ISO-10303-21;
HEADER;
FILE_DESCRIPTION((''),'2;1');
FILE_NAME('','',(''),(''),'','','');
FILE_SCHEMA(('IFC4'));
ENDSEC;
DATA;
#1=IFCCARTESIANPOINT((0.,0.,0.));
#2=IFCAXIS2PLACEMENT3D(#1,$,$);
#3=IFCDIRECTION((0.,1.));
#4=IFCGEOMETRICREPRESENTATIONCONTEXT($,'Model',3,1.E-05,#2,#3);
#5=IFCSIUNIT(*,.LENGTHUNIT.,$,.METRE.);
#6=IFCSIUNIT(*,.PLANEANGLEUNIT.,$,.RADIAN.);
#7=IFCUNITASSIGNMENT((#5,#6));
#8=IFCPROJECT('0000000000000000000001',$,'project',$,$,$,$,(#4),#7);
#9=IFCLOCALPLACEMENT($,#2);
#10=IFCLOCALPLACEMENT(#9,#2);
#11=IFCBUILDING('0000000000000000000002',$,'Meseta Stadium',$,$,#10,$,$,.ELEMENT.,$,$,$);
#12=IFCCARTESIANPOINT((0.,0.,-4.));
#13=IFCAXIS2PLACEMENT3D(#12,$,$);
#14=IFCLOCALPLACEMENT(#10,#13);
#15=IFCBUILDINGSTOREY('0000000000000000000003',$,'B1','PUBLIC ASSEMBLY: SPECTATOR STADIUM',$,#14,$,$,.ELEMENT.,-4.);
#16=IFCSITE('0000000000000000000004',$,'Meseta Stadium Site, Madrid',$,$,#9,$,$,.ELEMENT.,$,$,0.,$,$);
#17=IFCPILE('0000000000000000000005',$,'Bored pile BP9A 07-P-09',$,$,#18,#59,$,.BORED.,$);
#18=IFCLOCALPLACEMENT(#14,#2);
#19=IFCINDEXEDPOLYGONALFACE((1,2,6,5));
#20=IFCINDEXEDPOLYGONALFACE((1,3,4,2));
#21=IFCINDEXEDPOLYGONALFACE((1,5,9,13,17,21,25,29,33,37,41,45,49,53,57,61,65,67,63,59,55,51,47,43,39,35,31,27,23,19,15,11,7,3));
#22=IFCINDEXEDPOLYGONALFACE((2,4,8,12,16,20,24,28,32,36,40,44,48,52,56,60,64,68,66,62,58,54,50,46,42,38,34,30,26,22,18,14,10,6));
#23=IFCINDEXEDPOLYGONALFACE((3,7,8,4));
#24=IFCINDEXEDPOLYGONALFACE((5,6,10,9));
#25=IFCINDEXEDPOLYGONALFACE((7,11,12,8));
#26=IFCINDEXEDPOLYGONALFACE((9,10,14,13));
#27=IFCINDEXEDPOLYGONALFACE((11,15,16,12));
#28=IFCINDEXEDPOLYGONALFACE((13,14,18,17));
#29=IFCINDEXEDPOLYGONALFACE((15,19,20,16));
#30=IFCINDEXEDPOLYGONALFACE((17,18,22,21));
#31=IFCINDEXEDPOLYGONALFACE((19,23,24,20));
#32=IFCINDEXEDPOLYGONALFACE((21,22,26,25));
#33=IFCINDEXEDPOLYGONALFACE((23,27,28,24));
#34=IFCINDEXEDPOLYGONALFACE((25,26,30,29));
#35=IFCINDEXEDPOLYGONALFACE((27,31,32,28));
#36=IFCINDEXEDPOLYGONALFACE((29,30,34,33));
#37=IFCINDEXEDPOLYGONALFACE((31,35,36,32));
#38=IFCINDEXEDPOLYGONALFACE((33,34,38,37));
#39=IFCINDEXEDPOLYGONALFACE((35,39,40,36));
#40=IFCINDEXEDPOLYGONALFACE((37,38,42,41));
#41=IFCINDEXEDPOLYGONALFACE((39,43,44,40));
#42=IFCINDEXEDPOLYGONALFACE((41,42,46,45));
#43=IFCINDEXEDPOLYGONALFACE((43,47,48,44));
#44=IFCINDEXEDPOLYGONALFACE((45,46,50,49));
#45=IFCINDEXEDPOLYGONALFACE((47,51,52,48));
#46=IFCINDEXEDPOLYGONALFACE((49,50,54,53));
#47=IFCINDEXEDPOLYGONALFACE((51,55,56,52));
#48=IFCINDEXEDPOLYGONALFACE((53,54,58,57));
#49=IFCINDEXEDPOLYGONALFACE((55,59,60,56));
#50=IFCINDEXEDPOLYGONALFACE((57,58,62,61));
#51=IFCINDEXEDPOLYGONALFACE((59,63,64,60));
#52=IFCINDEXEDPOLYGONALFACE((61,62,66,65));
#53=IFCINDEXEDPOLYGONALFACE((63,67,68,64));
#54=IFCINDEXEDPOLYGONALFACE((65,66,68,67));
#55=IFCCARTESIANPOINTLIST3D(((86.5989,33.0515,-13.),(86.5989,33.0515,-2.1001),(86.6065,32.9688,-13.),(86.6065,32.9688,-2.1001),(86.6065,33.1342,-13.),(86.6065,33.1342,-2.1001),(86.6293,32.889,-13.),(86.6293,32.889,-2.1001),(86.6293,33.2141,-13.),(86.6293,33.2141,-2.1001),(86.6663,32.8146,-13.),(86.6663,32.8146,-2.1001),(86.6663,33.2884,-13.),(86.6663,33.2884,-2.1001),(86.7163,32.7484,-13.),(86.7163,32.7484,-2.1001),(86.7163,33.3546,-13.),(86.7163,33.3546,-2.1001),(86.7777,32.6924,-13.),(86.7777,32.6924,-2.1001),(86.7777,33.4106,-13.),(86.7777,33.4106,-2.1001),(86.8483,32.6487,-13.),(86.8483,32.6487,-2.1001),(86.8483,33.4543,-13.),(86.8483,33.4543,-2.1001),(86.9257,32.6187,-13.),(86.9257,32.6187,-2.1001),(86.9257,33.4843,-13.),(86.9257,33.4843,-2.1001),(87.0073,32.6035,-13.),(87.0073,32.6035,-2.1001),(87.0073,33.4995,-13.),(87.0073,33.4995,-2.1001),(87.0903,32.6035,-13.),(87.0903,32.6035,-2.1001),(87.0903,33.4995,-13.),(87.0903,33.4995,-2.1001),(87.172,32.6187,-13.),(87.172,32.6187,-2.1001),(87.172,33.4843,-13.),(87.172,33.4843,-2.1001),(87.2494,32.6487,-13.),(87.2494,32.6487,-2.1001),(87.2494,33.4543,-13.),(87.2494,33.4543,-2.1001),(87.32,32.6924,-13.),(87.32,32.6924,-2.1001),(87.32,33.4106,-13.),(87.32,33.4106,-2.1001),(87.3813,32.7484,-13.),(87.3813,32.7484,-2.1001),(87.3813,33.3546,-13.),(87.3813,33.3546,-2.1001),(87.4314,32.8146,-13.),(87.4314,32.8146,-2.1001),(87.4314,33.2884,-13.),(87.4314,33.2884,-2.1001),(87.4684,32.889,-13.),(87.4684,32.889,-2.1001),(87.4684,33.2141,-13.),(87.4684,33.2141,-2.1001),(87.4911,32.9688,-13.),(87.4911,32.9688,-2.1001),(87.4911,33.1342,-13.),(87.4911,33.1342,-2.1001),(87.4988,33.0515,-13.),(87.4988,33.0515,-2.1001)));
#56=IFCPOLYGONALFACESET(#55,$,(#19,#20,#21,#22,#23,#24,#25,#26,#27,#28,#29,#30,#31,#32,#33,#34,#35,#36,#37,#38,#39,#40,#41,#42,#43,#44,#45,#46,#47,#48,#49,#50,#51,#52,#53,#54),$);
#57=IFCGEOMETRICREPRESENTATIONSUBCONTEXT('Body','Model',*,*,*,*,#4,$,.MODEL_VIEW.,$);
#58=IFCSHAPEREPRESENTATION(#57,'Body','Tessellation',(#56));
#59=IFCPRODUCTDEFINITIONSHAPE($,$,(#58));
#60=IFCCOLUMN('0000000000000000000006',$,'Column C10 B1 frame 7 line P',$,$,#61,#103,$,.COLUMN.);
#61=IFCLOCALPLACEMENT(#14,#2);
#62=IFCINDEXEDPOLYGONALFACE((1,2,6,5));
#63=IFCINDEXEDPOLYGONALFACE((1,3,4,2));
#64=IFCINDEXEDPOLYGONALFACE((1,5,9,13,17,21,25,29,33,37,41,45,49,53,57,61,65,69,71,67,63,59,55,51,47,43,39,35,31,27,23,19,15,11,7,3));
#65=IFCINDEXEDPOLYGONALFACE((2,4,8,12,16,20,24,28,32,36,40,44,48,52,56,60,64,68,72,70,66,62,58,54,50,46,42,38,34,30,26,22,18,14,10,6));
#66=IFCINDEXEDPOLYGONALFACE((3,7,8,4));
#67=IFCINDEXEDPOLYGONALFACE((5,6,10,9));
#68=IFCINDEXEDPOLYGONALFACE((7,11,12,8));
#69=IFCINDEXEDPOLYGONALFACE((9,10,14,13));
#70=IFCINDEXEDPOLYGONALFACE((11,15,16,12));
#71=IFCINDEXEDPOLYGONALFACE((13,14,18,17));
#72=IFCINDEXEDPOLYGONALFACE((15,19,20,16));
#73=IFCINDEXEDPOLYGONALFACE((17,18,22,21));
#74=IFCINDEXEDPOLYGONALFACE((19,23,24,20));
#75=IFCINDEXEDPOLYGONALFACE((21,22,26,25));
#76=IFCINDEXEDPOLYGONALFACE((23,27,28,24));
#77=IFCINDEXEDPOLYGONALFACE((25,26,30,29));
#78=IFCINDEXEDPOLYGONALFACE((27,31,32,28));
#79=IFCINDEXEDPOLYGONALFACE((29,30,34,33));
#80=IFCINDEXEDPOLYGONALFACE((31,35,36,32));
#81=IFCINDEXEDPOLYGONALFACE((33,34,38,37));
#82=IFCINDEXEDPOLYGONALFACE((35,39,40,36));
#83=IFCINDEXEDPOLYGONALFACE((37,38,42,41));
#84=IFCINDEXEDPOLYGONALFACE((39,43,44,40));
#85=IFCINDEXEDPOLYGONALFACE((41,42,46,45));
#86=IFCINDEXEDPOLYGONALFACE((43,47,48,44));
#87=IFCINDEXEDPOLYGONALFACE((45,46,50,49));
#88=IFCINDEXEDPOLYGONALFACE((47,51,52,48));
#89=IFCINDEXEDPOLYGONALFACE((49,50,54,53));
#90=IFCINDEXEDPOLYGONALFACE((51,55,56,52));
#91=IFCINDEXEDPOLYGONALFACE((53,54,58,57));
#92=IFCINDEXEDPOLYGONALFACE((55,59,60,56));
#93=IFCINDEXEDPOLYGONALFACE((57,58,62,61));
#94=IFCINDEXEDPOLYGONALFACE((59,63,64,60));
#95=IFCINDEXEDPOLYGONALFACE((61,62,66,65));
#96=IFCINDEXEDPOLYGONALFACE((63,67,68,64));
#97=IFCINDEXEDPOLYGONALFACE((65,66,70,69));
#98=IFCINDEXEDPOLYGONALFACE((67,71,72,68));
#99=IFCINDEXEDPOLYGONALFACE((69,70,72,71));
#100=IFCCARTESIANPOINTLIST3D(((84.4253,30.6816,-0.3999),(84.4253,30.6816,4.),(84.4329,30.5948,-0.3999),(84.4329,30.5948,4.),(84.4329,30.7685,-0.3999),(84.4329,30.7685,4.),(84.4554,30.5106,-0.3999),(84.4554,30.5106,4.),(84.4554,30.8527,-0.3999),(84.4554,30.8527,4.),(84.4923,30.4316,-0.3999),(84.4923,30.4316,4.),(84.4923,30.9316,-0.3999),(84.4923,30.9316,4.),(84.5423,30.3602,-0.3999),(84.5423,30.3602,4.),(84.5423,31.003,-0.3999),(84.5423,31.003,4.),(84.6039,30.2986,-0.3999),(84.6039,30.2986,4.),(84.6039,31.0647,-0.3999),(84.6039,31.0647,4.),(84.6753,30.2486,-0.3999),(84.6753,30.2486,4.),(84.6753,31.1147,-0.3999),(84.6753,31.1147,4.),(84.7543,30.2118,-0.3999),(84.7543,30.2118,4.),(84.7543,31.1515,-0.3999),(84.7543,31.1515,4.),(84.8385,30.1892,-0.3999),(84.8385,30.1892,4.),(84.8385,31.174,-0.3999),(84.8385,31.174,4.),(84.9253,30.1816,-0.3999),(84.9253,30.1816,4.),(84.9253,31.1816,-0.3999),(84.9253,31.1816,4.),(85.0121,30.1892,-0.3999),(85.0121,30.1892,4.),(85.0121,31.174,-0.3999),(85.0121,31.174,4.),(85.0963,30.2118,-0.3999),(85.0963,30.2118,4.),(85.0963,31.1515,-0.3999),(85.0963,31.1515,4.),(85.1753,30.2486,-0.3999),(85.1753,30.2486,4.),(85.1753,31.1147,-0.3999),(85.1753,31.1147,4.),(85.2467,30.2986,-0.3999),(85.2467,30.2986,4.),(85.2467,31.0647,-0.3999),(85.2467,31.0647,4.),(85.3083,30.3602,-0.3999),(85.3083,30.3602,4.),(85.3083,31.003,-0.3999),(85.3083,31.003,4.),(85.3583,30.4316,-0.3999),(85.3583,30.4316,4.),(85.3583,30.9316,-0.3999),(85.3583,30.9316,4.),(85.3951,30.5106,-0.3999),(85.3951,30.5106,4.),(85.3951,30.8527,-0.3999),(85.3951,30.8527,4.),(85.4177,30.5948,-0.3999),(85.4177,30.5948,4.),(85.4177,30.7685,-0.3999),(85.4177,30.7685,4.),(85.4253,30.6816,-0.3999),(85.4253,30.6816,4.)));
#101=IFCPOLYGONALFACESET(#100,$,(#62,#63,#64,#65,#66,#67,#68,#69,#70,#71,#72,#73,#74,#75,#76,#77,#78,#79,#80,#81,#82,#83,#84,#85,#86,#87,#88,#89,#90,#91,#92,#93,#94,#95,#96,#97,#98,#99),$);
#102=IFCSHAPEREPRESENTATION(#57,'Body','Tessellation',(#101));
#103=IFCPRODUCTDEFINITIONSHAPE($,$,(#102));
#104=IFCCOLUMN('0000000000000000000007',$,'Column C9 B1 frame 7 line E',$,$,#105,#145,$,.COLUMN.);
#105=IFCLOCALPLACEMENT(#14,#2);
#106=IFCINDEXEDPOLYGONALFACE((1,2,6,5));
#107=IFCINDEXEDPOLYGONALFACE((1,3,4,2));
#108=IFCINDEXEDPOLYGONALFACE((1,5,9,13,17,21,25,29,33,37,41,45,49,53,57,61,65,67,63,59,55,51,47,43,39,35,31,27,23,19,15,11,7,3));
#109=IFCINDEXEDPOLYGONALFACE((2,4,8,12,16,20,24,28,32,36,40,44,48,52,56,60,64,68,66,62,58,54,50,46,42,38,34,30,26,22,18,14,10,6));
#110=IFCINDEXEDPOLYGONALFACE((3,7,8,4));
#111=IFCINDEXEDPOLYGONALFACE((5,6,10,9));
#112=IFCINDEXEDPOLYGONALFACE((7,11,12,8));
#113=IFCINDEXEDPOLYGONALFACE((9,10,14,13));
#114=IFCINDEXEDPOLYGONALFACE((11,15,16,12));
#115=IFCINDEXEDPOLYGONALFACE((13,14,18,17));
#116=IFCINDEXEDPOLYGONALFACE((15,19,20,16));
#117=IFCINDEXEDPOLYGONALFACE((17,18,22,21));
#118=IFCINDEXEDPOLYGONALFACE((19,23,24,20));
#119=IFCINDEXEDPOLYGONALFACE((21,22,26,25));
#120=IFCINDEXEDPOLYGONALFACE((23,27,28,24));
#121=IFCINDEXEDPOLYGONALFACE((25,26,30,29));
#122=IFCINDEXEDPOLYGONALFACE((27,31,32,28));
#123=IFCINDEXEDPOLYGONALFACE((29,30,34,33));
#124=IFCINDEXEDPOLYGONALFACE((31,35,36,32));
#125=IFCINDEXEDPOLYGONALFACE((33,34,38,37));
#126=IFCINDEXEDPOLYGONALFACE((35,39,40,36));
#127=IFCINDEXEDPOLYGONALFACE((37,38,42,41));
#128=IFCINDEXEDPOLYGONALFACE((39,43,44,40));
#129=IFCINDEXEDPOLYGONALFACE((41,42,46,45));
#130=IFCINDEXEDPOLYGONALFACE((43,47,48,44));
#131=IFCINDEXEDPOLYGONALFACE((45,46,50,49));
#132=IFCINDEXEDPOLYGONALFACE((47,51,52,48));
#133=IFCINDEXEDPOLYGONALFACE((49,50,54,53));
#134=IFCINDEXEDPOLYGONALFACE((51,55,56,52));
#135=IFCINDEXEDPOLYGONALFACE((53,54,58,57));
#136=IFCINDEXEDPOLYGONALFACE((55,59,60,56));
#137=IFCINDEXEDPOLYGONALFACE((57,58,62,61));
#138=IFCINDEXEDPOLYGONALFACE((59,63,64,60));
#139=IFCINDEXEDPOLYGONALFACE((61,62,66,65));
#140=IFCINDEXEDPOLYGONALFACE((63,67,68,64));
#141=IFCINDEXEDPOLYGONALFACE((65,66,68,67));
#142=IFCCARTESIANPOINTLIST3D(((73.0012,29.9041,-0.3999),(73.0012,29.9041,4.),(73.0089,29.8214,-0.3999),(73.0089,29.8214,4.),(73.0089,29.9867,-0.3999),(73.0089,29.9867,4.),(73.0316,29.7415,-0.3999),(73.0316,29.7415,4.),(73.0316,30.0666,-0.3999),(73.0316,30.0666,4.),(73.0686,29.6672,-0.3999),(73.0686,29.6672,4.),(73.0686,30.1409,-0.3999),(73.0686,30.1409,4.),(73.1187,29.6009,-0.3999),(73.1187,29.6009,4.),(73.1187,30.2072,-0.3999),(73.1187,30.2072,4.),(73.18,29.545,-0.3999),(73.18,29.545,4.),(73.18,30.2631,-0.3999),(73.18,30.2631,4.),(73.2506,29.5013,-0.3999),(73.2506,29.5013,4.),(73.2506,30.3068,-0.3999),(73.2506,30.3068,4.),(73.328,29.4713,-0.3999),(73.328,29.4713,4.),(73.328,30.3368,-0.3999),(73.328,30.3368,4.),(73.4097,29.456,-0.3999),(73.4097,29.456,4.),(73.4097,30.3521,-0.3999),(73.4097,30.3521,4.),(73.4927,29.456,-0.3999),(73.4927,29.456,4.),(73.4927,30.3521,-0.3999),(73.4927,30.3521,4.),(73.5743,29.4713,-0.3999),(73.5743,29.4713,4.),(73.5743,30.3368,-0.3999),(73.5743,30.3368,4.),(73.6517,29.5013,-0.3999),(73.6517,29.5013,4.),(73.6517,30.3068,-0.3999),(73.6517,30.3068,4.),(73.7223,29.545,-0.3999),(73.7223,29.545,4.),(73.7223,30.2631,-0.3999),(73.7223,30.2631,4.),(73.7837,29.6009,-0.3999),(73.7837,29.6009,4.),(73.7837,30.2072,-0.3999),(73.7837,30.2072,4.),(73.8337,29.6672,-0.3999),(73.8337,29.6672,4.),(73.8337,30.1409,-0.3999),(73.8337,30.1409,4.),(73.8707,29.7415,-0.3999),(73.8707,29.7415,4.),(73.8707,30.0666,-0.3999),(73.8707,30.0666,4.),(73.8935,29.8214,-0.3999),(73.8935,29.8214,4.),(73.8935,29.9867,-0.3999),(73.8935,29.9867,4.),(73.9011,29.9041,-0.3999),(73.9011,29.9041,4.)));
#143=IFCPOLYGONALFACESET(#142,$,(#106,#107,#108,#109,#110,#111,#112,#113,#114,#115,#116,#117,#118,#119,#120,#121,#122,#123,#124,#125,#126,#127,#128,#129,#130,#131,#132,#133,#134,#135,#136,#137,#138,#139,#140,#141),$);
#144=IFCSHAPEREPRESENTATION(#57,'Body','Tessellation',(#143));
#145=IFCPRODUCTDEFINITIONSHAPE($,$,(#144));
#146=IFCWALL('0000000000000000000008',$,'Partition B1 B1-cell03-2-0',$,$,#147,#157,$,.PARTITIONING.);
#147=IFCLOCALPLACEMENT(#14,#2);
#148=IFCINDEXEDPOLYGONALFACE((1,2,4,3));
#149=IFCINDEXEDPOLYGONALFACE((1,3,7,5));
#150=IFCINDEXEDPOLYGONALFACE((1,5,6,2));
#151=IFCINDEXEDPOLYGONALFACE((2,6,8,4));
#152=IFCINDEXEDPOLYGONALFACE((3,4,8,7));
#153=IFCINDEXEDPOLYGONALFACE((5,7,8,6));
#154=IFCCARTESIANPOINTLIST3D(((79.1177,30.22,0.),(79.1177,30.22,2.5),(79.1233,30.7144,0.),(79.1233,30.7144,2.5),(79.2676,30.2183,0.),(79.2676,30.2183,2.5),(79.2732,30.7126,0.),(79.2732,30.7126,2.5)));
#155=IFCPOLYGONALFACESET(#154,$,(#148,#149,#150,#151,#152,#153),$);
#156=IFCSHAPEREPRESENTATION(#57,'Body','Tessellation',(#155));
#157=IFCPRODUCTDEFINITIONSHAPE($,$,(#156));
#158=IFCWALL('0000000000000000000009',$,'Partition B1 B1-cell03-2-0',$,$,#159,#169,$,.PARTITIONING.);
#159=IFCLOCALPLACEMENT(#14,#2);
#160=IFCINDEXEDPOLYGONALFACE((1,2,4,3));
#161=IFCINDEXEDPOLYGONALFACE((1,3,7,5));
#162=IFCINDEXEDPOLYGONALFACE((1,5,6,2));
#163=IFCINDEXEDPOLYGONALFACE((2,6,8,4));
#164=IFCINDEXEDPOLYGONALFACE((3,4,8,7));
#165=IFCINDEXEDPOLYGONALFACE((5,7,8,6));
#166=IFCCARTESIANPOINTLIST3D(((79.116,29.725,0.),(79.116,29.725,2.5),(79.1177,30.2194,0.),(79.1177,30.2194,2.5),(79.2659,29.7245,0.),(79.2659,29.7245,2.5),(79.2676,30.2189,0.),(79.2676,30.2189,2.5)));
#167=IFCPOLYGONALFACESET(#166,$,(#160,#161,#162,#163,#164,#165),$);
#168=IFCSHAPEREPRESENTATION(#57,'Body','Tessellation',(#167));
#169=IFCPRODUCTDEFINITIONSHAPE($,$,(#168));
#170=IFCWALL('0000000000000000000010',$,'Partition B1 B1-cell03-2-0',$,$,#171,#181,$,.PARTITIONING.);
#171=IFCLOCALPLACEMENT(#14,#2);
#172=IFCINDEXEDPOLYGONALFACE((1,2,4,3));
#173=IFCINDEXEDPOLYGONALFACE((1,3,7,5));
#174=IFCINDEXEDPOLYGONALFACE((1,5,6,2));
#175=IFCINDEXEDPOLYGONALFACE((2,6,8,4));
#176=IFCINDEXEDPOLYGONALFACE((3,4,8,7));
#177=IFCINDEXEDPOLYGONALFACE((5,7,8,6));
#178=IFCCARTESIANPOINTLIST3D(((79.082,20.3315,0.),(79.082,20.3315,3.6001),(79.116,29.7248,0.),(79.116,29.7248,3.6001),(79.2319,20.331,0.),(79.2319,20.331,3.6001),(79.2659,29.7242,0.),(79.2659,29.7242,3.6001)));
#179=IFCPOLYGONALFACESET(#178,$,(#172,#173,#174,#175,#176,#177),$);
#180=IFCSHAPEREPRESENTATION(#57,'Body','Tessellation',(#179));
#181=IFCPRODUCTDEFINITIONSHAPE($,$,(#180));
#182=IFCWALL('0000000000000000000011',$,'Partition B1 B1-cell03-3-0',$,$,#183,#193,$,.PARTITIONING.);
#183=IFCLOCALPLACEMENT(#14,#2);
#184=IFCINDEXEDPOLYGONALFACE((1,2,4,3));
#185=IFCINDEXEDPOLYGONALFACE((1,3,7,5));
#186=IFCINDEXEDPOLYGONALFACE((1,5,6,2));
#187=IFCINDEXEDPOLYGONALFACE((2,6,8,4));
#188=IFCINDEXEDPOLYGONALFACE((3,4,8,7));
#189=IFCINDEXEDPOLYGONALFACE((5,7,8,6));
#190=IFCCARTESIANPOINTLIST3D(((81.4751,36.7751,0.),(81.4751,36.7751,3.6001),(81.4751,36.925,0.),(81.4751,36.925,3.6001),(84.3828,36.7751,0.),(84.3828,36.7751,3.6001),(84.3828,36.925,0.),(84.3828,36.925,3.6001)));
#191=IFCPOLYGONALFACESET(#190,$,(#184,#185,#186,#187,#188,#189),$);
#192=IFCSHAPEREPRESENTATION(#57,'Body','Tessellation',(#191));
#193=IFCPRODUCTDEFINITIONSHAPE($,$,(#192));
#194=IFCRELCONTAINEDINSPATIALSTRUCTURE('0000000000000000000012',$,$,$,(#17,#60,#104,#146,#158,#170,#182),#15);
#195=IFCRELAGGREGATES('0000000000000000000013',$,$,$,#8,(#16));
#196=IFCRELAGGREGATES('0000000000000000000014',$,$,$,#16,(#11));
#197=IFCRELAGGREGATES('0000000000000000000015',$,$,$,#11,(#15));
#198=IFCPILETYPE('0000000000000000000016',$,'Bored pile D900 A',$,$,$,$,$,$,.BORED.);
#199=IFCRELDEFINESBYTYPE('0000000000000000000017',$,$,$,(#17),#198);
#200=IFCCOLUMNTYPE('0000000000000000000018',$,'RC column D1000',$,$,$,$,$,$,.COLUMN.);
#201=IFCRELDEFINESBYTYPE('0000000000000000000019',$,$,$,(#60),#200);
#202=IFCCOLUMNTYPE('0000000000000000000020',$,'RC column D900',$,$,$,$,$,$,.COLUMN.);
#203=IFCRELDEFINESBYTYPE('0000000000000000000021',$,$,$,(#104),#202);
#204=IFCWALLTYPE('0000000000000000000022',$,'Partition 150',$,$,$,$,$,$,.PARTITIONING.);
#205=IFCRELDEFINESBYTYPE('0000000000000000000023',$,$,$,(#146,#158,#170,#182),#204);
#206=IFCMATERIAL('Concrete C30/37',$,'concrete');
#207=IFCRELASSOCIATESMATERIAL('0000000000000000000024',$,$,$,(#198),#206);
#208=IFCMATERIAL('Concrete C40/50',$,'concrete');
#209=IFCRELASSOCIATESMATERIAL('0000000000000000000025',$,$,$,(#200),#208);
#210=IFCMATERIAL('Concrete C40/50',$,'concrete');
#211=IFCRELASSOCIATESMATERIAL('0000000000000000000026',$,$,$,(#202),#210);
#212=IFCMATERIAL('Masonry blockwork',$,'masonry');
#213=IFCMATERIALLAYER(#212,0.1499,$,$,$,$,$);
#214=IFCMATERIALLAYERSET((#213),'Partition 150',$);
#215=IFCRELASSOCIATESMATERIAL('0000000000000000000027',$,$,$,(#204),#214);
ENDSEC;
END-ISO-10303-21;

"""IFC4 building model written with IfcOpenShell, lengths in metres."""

from ifc_helpers import new_model, si_unit, direction, frame, frame_2d, origin, origin_2d, place, context, subcontext, project, spatial, rectangle, circle, extrude, material, layer, layer_set, material_profile, profile_set, type_object, element, save


model = new_model("IFC4")

# Units and contexts
model_context = context("Model", 3, precision=1e-05, world=origin(), true_north=direction((0.0, 1.0)))
body_context = subcontext(model_context, "Body", "Model", "MODEL_VIEW")
ifc_project = project(units=[si_unit("LENGTHUNIT", "METRE"), si_unit("PLANEANGLEUNIT", "RADIAN")], contexts=[model_context])

# Site, building, storey
site_placement = place(None, origin())
site = spatial("IfcSite", under=ifc_project, at=site_placement, Name="Meseta Stadium Site, Madrid", CompositionType="ELEMENT", RefElevation=0.0)
building_placement = place(site_placement, origin())
building = spatial("IfcBuilding", under=site, at=building_placement, Name="Meseta Stadium", CompositionType="ELEMENT")
storey_placement = place(building_placement, frame((0.0, 0.0, -4.0)))
storey = spatial("IfcBuildingStorey", under=building, at=storey_placement, Name="B1", Description="PUBLIC ASSEMBLY: SPECTATOR STADIUM", CompositionType="ELEMENT", Elevation=-4.0)

# Pile
ifc_material_1 = material(Name="Concrete C30/37", Category="concrete")
ifc_material_profile_1 = material_profile(ifc_material_1, circle(Radius=0.45, at=origin_2d()), Name="D900")
ifc_profile_set_1 = profile_set([ifc_material_profile_1], Name="Concrete C30/37")
pile_type = type_object("IfcPileType", Name="Bored pile D900 A", PredefinedType="BORED", material=ifc_profile_set_1)
for number, where, z_axis, x_axis, name in (
    (1, (87.0488, 33.0515, -2.1001), (0.0, 0.0, -1.0), (1.0, 0.0, 0.0), "Bored pile BP9A 07-P-09"),
):
    element("IfcPile", number, at=place(storey_placement, frame(where, z_axis=z_axis, x_axis=x_axis)), inside=storey, type_object=pile_type, Name=name, PredefinedType="BORED", context=body_context, shape_type="SweptSolid", body=[
        extrude(circle(Radius=0.45, at=origin_2d()), origin(), (0.0, 0.0, 1.0), 10.8999),
    ])

# Columns
ifc_material_2 = material(Name="Concrete C40/50", Category="concrete")
ifc_material_profile_2 = material_profile(ifc_material_2, circle(Radius=0.5, at=origin_2d()), Name="RC D1000")
ifc_profile_set_2 = profile_set([ifc_material_profile_2], Name="Concrete C40/50")
column_type_1 = type_object("IfcColumnType", Name="RC column D1000", PredefinedType="COLUMN", material=ifc_profile_set_2)
column_1_placement = place(storey_placement, frame((84.9253, 30.6816, -0.3999), z_axis=(0.0, 0.0, 1.0), x_axis=(1.0, 0.0, 0.0)))
element("IfcColumn", 2, at=column_1_placement, inside=storey, type_object=column_type_1, Name="Column C10 B1 frame 7 line P", PredefinedType="COLUMN", context=body_context, shape_type="SweptSolid", body=[
    extrude(circle(Radius=0.5, at=origin_2d()), origin(), (0.0, 0.0, 1.0), 4.3999),
])
ifc_material_3 = material(Name="Concrete C40/50", Category="concrete")
ifc_material_profile_3 = material_profile(ifc_material_3, circle(Radius=0.45, at=origin_2d()), Name="RC D900")
ifc_profile_set_3 = profile_set([ifc_material_profile_3], Name="Concrete C40/50")
column_type_2 = type_object("IfcColumnType", Name="RC column D900", PredefinedType="COLUMN", material=ifc_profile_set_3)
column_2_placement = place(storey_placement, frame((73.4512, 29.9041, -0.3999), z_axis=(0.0, 0.0, 1.0), x_axis=(1.0, 0.0, 0.0)))
element("IfcColumn", 3, at=column_2_placement, inside=storey, type_object=column_type_2, Name="Column C9 B1 frame 7 line E", PredefinedType="COLUMN", context=body_context, shape_type="SweptSolid", body=[
    extrude(circle(Radius=0.45, at=origin_2d()), origin(), (0.0, 0.0, 1.0), 4.3999),
])

# Walls
ifc_material_4 = material(Name="Masonry blockwork", Category="masonry")
ifc_layer = layer(ifc_material_4, 0.1499)
ifc_layer_set = layer_set([ifc_layer], Name="Partition 150")
wall_type = type_object("IfcWallType", Name="Partition 150", PredefinedType="PARTITIONING", material=ifc_layer_set)
for number, where, z_axis, x_axis, name in (
    (4, (79.1982, 30.7134, 0.0), (0.0, 0.0, 1.0), (-0.011357, -0.999936, 0.0), "Partition B1 B1-cell03-2-0"),
    (5, (79.1926, 30.219, 0.0), (0.0, 0.0, 1.0), (-0.003457, -0.999994, 0.0), "Partition B1 B1-cell03-2-0"),
):
    element("IfcWall", number, at=place(storey_placement, frame(where, z_axis=z_axis, x_axis=x_axis)), inside=storey, type_object=wall_type, Name=name, PredefinedType="PARTITIONING", context=body_context, shape_type="SweptSolid", body=[
        extrude(rectangle(XDim=0.4944, YDim=0.1499, at=frame_2d((0.2471, 0.0))), origin(), (0.0, 0.0, 1.0), 2.5),
    ])
wall_1_placement = place(storey_placement, frame((79.1909, 29.7246, 0.0), z_axis=(0.0, 0.0, 1.0), x_axis=(-0.003613, -0.999993, 0.0)))
element("IfcWall", 6, at=wall_1_placement, inside=storey, type_object=wall_type, Name="Partition B1 B1-cell03-2-0", PredefinedType="PARTITIONING", context=body_context, shape_type="SweptSolid", body=[
    extrude(rectangle(XDim=9.3933, YDim=0.1499, at=frame_2d((4.6968, 0.0))), origin(), (0.0, 0.0, 1.0), 3.6001),
])
wall_2_placement = place(storey_placement, frame((81.4751, 36.8501, 0.0), z_axis=(0.0, 0.0, 1.0), x_axis=(1.0, 0.0, 0.0)))
element("IfcWall", 7, at=wall_2_placement, inside=storey, type_object=wall_type, Name="Partition B1 B1-cell03-3-0", PredefinedType="PARTITIONING", context=body_context, shape_type="SweptSolid", body=[
    extrude(rectangle(XDim=2.9077, YDim=0.1499, at=frame_2d((1.4539, 0.0))), origin(), (0.0, 0.0, 1.0), 3.6001),
])

save(model, "model.ifc")
